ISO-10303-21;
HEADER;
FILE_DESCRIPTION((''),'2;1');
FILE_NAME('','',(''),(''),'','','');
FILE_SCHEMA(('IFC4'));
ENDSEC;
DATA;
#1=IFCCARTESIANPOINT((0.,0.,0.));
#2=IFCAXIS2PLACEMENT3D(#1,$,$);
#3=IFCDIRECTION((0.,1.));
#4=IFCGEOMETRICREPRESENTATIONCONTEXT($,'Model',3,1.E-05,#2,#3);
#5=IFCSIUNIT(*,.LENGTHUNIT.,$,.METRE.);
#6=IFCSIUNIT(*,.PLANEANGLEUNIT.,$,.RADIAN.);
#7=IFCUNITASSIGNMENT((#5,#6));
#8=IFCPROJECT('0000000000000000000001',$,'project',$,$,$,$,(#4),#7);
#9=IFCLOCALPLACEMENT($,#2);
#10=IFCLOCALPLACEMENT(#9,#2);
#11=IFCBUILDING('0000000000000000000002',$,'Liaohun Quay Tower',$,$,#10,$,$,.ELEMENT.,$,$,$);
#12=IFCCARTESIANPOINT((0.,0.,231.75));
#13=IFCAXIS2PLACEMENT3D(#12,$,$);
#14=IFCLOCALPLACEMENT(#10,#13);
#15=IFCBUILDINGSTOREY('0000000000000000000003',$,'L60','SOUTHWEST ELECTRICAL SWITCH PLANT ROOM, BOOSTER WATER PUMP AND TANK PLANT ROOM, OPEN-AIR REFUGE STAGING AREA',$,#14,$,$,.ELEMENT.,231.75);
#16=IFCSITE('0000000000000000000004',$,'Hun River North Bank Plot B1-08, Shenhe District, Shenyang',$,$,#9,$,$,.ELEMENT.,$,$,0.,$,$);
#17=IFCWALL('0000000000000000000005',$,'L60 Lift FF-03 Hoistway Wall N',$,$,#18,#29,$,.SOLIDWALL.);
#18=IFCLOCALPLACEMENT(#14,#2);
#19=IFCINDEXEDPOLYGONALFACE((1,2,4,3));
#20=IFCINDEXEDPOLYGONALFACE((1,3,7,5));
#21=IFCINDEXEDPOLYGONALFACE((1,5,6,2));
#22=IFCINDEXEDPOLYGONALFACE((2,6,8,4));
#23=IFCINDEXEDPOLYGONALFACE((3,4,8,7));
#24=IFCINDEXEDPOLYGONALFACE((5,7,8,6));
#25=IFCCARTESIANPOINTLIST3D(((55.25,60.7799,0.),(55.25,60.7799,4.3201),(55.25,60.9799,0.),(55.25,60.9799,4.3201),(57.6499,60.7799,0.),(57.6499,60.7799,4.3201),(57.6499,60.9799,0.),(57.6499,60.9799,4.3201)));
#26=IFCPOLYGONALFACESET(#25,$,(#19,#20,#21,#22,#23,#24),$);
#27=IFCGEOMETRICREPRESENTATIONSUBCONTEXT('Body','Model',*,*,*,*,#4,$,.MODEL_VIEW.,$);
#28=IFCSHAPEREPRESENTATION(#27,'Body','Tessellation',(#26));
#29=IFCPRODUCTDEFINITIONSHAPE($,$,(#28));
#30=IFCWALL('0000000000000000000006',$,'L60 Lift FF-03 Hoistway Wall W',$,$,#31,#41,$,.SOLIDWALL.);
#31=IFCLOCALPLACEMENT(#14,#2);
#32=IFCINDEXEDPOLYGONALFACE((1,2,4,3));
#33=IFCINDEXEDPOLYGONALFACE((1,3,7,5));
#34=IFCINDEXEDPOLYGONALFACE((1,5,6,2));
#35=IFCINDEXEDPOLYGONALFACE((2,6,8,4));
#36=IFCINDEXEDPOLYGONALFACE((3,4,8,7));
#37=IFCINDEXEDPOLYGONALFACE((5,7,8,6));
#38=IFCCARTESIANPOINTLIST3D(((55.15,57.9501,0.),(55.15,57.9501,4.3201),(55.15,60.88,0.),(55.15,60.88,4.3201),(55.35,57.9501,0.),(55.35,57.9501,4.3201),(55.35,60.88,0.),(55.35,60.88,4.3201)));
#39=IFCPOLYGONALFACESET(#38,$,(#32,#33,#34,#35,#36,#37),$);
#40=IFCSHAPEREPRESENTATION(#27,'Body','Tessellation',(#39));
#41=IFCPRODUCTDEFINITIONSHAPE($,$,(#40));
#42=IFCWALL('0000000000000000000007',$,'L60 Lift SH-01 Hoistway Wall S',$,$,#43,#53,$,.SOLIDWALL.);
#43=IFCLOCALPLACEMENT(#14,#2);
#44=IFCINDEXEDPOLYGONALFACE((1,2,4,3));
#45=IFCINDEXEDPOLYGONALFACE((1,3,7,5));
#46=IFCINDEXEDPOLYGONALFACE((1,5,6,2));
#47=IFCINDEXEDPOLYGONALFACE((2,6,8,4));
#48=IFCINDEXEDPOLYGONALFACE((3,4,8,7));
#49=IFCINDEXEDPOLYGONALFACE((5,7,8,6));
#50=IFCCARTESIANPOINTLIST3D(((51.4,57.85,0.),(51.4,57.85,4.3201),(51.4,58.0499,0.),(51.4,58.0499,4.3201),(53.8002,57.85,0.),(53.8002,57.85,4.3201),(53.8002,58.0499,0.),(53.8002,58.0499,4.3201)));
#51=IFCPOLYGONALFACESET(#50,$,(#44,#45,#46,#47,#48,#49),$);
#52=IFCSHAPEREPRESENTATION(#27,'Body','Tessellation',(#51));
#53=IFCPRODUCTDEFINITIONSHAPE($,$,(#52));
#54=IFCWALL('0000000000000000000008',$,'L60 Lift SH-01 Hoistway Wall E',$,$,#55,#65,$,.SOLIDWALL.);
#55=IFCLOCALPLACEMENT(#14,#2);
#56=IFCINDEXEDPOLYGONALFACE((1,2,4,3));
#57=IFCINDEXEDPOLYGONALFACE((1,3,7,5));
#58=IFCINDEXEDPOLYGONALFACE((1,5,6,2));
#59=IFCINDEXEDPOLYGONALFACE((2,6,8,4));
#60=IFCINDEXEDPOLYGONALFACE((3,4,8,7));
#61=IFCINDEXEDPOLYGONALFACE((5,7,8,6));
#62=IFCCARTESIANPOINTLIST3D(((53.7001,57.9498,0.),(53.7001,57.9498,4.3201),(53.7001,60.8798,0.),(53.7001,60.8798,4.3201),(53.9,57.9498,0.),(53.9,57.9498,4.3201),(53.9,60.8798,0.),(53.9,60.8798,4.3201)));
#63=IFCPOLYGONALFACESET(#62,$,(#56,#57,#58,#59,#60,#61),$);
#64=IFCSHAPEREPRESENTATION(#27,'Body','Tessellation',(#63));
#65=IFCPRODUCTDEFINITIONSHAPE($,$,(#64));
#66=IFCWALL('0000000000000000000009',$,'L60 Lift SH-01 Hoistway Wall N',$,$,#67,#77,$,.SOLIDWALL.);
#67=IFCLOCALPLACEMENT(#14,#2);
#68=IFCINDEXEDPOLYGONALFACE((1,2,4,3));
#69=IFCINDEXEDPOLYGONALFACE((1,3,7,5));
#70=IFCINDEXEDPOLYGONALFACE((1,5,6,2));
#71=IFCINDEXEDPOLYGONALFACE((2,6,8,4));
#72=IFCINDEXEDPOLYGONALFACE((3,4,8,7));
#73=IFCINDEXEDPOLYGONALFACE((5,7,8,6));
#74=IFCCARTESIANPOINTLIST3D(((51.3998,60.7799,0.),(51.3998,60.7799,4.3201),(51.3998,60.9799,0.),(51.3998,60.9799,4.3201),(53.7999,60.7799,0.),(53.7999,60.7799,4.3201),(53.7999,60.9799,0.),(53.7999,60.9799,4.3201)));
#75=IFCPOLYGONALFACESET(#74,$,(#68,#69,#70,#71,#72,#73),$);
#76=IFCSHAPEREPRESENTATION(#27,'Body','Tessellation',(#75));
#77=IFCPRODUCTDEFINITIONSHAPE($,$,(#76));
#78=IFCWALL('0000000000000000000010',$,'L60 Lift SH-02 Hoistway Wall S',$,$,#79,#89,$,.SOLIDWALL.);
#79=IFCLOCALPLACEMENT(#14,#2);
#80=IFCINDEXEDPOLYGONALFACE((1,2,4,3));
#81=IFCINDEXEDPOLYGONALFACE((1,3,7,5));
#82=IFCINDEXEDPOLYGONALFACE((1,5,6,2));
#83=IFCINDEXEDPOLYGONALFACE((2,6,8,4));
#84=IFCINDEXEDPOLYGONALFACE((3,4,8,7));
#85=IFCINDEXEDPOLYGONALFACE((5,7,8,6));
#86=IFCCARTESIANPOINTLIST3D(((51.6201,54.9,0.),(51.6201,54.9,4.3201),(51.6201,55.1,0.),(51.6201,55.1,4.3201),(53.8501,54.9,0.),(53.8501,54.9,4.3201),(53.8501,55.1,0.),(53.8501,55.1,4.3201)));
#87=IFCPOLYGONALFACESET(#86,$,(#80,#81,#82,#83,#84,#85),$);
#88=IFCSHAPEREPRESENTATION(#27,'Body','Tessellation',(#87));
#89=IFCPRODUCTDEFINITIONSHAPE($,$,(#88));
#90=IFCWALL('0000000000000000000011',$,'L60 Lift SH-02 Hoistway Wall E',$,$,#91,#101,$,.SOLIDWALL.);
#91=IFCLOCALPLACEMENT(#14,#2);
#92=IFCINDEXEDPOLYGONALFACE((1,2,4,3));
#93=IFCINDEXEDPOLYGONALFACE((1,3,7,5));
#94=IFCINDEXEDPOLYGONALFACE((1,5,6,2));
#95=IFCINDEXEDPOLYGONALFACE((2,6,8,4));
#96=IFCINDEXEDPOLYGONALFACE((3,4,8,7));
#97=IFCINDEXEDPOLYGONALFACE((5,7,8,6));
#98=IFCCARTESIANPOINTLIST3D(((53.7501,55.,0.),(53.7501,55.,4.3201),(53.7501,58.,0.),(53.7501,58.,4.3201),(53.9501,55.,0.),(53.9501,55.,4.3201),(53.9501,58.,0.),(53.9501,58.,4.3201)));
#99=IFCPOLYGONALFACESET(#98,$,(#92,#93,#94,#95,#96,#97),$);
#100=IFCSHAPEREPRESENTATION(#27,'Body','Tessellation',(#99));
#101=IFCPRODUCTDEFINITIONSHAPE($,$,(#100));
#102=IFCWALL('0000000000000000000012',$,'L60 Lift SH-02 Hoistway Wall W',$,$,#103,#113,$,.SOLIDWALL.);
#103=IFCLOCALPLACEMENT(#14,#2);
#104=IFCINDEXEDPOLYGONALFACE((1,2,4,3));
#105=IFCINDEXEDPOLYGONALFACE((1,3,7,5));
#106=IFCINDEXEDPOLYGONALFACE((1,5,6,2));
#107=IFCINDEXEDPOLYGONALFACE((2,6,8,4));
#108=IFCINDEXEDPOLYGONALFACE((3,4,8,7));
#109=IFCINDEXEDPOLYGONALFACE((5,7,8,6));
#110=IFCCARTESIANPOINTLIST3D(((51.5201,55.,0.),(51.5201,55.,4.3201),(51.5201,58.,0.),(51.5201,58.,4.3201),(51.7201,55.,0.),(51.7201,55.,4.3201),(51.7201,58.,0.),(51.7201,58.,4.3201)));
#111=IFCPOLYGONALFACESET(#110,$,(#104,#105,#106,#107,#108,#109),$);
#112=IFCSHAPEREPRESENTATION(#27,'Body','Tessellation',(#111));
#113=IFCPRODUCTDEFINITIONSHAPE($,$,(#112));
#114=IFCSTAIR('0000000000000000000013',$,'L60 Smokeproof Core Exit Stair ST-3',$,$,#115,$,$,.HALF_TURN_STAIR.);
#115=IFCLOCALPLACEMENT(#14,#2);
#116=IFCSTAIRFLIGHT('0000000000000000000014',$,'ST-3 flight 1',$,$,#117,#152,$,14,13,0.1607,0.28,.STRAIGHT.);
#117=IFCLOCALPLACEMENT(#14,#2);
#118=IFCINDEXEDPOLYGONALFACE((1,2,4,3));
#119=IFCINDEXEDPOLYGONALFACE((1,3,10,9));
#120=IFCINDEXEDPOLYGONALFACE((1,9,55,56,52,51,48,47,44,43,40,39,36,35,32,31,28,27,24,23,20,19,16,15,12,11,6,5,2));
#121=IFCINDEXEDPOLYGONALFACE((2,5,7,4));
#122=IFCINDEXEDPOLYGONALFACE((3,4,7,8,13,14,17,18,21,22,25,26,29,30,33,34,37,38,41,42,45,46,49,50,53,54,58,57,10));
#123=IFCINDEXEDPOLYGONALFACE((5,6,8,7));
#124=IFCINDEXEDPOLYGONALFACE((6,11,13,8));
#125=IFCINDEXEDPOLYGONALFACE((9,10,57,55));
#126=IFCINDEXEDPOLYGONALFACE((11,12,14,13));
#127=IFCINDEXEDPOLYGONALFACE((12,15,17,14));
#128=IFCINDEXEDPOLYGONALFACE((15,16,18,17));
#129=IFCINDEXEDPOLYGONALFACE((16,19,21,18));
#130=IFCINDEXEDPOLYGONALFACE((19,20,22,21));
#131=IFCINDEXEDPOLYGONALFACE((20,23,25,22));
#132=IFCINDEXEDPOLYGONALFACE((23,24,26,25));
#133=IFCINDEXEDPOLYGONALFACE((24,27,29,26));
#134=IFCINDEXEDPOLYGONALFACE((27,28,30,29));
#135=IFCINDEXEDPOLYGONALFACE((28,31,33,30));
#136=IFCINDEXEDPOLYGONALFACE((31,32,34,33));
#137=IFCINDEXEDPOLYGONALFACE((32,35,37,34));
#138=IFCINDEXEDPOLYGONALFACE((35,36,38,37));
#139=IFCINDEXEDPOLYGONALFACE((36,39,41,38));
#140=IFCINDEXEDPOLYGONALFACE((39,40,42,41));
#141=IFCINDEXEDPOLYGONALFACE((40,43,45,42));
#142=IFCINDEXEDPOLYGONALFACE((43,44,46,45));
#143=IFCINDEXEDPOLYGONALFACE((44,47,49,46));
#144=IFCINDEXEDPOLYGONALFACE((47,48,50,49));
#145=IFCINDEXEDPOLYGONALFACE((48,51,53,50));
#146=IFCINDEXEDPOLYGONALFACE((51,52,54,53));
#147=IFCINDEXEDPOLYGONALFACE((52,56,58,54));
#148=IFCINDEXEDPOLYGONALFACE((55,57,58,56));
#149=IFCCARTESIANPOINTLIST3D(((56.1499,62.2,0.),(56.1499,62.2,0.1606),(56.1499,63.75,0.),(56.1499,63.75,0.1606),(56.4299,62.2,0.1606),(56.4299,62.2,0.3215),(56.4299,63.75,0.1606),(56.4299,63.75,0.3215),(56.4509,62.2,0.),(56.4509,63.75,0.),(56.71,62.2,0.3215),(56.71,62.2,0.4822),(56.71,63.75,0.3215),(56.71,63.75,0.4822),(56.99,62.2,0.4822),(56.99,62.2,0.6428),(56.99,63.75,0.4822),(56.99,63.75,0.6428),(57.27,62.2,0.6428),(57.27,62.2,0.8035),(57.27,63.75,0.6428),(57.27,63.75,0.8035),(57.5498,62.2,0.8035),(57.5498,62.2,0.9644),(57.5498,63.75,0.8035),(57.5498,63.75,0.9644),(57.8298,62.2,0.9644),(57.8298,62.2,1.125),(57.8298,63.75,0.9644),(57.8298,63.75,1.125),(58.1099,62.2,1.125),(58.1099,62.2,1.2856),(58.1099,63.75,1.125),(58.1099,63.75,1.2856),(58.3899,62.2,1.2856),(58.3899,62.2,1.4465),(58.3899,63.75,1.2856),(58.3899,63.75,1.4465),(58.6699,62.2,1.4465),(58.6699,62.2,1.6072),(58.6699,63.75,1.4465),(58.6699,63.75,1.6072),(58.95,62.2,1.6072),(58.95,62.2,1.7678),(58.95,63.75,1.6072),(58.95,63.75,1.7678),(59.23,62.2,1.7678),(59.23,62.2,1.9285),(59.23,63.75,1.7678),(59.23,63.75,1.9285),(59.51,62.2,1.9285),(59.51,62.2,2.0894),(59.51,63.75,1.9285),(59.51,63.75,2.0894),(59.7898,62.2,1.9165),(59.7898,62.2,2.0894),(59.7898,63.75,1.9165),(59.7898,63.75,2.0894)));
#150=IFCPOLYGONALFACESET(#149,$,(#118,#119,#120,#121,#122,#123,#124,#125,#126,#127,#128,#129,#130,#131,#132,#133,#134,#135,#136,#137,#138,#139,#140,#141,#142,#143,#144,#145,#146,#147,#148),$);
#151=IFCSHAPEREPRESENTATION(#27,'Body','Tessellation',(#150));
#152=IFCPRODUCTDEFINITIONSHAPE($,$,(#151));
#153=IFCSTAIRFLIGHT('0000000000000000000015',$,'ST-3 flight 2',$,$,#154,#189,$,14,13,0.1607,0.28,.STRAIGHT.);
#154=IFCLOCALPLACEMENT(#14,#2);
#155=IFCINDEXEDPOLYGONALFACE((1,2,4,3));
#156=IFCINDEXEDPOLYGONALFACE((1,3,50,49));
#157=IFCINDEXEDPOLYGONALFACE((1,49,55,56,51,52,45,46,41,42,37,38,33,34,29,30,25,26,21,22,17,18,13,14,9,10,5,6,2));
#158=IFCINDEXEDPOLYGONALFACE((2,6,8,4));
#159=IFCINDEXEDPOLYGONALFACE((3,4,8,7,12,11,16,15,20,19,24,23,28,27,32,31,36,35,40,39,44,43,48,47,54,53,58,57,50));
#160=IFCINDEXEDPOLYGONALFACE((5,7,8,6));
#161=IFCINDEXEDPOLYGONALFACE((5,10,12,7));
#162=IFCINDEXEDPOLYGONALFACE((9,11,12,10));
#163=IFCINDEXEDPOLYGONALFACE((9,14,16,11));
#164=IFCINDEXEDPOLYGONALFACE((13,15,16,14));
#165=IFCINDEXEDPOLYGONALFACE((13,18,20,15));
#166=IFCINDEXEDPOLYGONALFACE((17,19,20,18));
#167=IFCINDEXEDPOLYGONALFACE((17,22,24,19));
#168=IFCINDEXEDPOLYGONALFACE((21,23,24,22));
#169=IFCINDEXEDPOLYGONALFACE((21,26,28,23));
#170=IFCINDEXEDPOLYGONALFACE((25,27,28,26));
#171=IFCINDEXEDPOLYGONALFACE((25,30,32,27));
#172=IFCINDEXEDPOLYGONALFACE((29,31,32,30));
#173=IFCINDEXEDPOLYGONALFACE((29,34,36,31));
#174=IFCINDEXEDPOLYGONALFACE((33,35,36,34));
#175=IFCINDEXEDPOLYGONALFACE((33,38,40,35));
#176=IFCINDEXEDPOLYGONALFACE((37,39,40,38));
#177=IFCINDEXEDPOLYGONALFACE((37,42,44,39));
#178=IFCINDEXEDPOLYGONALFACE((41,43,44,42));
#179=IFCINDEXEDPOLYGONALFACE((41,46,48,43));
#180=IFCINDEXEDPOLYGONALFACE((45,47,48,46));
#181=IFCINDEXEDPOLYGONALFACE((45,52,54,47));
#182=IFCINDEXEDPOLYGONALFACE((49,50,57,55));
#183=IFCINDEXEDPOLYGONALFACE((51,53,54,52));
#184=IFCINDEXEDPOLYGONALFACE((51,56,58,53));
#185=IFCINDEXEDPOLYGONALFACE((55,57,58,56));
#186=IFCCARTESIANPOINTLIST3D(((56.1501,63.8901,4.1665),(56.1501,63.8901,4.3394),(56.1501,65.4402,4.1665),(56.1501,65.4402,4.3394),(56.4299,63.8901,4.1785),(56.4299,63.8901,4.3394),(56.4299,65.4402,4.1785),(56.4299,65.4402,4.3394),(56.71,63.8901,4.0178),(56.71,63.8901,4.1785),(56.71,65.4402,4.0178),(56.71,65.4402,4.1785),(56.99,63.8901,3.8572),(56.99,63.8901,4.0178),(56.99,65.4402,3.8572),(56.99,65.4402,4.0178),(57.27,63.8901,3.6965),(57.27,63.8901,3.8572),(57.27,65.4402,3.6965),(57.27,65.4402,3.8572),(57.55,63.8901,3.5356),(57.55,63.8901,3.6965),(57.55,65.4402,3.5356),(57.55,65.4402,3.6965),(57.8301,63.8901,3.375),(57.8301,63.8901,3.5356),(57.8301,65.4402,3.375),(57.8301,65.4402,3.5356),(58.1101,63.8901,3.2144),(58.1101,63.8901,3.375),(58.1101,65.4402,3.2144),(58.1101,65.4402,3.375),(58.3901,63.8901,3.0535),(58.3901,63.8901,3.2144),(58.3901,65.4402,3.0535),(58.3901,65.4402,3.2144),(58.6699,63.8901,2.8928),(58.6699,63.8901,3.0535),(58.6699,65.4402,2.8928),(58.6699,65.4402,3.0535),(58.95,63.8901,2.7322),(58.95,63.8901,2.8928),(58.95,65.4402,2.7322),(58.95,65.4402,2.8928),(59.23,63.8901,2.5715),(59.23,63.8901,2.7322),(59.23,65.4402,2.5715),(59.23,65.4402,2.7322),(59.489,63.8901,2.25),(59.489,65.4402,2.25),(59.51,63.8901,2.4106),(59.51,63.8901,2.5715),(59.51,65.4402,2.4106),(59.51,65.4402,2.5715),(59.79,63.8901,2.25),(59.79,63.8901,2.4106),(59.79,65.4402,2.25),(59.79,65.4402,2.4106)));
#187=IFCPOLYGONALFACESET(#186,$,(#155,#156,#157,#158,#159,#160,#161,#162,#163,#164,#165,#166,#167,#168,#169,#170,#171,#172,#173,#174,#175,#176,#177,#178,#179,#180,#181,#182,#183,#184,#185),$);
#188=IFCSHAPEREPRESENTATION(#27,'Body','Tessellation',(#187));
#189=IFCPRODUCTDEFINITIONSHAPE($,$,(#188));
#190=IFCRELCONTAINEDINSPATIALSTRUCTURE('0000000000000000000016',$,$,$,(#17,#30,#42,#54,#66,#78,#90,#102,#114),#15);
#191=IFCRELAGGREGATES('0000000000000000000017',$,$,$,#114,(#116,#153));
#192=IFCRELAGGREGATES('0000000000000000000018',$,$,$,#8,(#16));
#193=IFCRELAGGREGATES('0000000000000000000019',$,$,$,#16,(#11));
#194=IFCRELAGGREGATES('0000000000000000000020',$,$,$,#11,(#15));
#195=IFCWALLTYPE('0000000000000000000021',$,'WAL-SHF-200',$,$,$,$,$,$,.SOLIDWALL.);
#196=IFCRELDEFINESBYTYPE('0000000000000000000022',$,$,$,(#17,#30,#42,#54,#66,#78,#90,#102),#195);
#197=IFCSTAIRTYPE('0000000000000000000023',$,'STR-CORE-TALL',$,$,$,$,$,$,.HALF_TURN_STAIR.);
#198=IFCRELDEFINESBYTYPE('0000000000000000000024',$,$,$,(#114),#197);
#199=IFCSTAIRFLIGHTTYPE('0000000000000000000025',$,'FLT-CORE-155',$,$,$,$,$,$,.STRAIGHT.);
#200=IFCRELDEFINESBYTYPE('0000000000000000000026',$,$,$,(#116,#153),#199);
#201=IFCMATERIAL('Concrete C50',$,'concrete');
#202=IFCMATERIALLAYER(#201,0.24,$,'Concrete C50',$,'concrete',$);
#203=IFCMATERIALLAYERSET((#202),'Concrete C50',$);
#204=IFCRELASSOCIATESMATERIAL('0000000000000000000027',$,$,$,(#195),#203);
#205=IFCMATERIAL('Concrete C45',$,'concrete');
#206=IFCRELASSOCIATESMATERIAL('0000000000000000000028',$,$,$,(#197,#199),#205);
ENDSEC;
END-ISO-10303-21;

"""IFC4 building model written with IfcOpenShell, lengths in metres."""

from ifc_helpers import new_model, si_unit, direction, frame, frame_2d, origin, place, context, subcontext, project, spatial, polyline, rectangle, outline, extrude, material, layer, layer_set, type_object, element, aggregate, save


model = new_model("IFC4")

# Units and contexts
model_context = context("Model", 3, precision=1e-05, world=origin(), true_north=direction((0.0, 1.0)))
body_context = subcontext(model_context, "Body", "Model", "MODEL_VIEW")
ifc_project = project(units=[si_unit("LENGTHUNIT", "METRE"), si_unit("PLANEANGLEUNIT", "RADIAN")], contexts=[model_context])

# Site, building, storey
site_placement = place(None, origin())
site = spatial("IfcSite", under=ifc_project, at=site_placement, Name="Hun River North Bank Plot B1-08, Shenhe District, Shenyang", CompositionType="ELEMENT", RefElevation=0.0)
building_placement = place(site_placement, origin())
building = spatial("IfcBuilding", under=site, at=building_placement, Name="Liaohun Quay Tower", CompositionType="ELEMENT")
storey_placement = place(building_placement, frame((0.0, 0.0, 231.75)))
storey = spatial("IfcBuildingStorey", under=building, at=storey_placement, Name="L60", Description="SOUTHWEST ELECTRICAL SWITCH PLANT ROOM, BOOSTER WATER PUMP AND TANK PLANT ROOM, OPEN-AIR REFUGE STAGING AREA", CompositionType="ELEMENT", Elevation=231.75)

# Shared definitions
ifc_material_1 = material(Name="Concrete C50", Category="concrete")
ifc_layer_1 = layer(ifc_material_1, 0.24, Name="Concrete C50", Category="concrete")
ifc_layer_set_1 = layer_set([ifc_layer_1], Name="Concrete C50")
wall_type_1 = type_object("IfcWallType", Name="WAL-SHF-200", PredefinedType="SOLIDWALL", material=ifc_layer_set_1)

# Walls
wall_1_placement = place(storey_placement, frame((57.6499, 60.8799, 0.0), z_axis=(0.0, 0.0, 1.0), x_axis=(-1.0, 0.0, 0.0)))
element("IfcWall", 1, at=wall_1_placement, inside=storey, type_object=wall_type_1, Name="L60 Lift FF-03 Hoistway Wall N", PredefinedType="SOLIDWALL", context=body_context, shape_type="SweptSolid", body=[
    extrude(rectangle(XDim=2.3999, YDim=0.2, at=frame_2d((1.2, 0.0))), origin(), (0.0, 0.0, 1.0), 4.3201),
])
wall_2_placement = place(storey_placement, frame((55.25, 60.8799, 0.0), z_axis=(0.0, 0.0, 1.0), x_axis=(0.0, -1.0, 0.0)))
element("IfcWall", 2, at=wall_2_placement, inside=storey, type_object=wall_type_1, Name="L60 Lift FF-03 Hoistway Wall W", PredefinedType="SOLIDWALL", context=body_context, shape_type="SweptSolid", body=[
    extrude(rectangle(XDim=2.9299, YDim=0.2, at=frame_2d((1.4648, 0.0))), origin(), (0.0, 0.0, 1.0), 4.3201),
])
wall_3_placement = place(storey_placement, frame((51.3999, 57.95, 0.0), z_axis=(0.0, 0.0, 1.0), x_axis=(1.0, 0.0, 0.0)))
element("IfcWall", 3, at=wall_3_placement, inside=storey, type_object=wall_type_1, Name="L60 Lift SH-01 Hoistway Wall S", PredefinedType="SOLIDWALL", context=body_context, shape_type="SweptSolid", body=[
    extrude(rectangle(XDim=2.4001, YDim=0.2, at=frame_2d((1.2002, 0.0))), origin(), (0.0, 0.0, 1.0), 4.3201),
])
wall_4_placement = place(storey_placement, frame((53.8, 57.95, 0.0), z_axis=(0.0, 0.0, 1.0), x_axis=(0.0, 1.0, 0.0)))
element("IfcWall", 4, at=wall_4_placement, inside=storey, type_object=wall_type_1, Name="L60 Lift SH-01 Hoistway Wall E", PredefinedType="SOLIDWALL", context=body_context, shape_type="SweptSolid", body=[
    extrude(rectangle(XDim=2.9299, YDim=0.2, at=frame_2d((1.4648, 0.0))), origin(), (0.0, 0.0, 1.0), 4.3201),
])
wall_5_placement = place(storey_placement, frame((53.8, 60.8799, 0.0), z_axis=(0.0, 0.0, 1.0), x_axis=(-1.0, 0.0, 0.0)))
element("IfcWall", 5, at=wall_5_placement, inside=storey, type_object=wall_type_1, Name="L60 Lift SH-01 Hoistway Wall N", PredefinedType="SOLIDWALL", context=body_context, shape_type="SweptSolid", body=[
    extrude(rectangle(XDim=2.4001, YDim=0.2, at=frame_2d((1.2002, 0.0))), origin(), (0.0, 0.0, 1.0), 4.3201),
])
wall_6_placement = place(storey_placement, frame((51.6201, 55.0, 0.0), z_axis=(0.0, 0.0, 1.0), x_axis=(1.0, 0.0, 0.0)))
element("IfcWall", 6, at=wall_6_placement, inside=storey, type_object=wall_type_1, Name="L60 Lift SH-02 Hoistway Wall S", PredefinedType="SOLIDWALL", context=body_context, shape_type="SweptSolid", body=[
    extrude(rectangle(XDim=2.23, YDim=0.2, at=frame_2d((1.115, 0.0))), origin(), (0.0, 0.0, 1.0), 4.3201),
])
for number, where, z_axis, x_axis, name in (
    (7, (53.8501, 55.0, 0.0), (0.0, 0.0, 1.0), (0.0, 1.0, 0.0), "L60 Lift SH-02 Hoistway Wall E"),
    (8, (51.6201, 58.0, 0.0), (0.0, 0.0, 1.0), (0.0, -1.0, 0.0), "L60 Lift SH-02 Hoistway Wall W"),
):
    element("IfcWall", number, at=place(storey_placement, frame(where, z_axis=z_axis, x_axis=x_axis)), inside=storey, type_object=wall_type_1, Name=name, PredefinedType="SOLIDWALL", context=body_context, shape_type="SweptSolid", body=[
        extrude(rectangle(XDim=3.0, YDim=0.2, at=frame_2d((1.5, 0.0))), origin(), (0.0, 0.0, 1.0), 4.3201),
    ])

# Stair, stair flights
ifc_material_2 = material(Name="Concrete C45", Category="concrete")
stair_type = type_object("IfcStairType", Name="STR-CORE-TALL", PredefinedType="HALF_TURN_STAIR", material=ifc_material_2)
stair_placement = place(storey_placement, origin())
stair = element("IfcStair", 9, at=stair_placement, inside=storey, type_object=stair_type, Name="L60 Smokeproof Core Exit Stair ST-3", PredefinedType="HALF_TURN_STAIR")
stair_flight_type = type_object("IfcStairFlightType", Name="FLT-CORE-155", PredefinedType="STRAIGHT", material=ifc_material_2)
stair_flight_1_placement = place(storey_placement, frame((56.1499, 62.9751, 0.0), z_axis=(0.0, 0.0, 1.0), x_axis=(1.0, 0.0, 0.0)))
stair_flight_1 = element("IfcStairFlight", 10, at=stair_flight_1_placement, type_object=stair_flight_type, Name="ST-3 flight 1", NumberOfRisers=14, NumberOfTreads=13, PredefinedType="STRAIGHT", RiserHeight=0.1607, TreadLength=0.28, context=body_context, shape_type="SweptSolid", body=[
    extrude(outline(polyline([(0.0, 0.0), (0.0, 0.1606), (0.28, 0.1606), (0.28, 0.3215), (0.5601, 0.3215), (0.5601, 0.4822), (0.8401, 0.4822), (0.8401, 0.6428), (1.1201, 0.6428), (1.1201, 0.8035), (1.3999, 0.8035), (1.3999, 0.9644), (1.6799, 0.9644), (1.6799, 1.125), (1.96, 1.125), (1.96, 1.2856), (2.24, 1.2856), (2.24, 1.4465), (2.52, 1.4465), (2.52, 1.6072), (2.8, 1.6072), (2.8, 1.7678), (3.0801, 1.7678), (3.0801, 1.9285), (3.3601, 1.9285), (3.3601, 2.0894), (3.6399, 2.0894), (3.6399, 2.25), (3.6399, 1.9165), (0.301, 0.0), (0.0, 0.0)])), frame((0.0, 0.7749, 0.0), z_axis=(0.0, -1.0, 0.0), x_axis=(1.0, 0.0, 0.0)), (0.0, 0.0, 1.0), 1.55),
])
stair_flight_2_placement = place(storey_placement, frame((59.79, 64.665, 2.25), z_axis=(0.0, 0.0, 1.0), x_axis=(-1.0, 0.0, 0.0)))
stair_flight_2 = element("IfcStairFlight", 11, at=stair_flight_2_placement, type_object=stair_flight_type, Name="ST-3 flight 2", NumberOfRisers=14, NumberOfTreads=13, PredefinedType="STRAIGHT", RiserHeight=0.1607, TreadLength=0.28, context=body_context, shape_type="SweptSolid", body=[
    extrude(outline(polyline([(0.0, 0.0), (0.0, 0.1606), (0.28, 0.1606), (0.28, 0.3215), (0.5601, 0.3215), (0.5601, 0.4822), (0.8401, 0.4822), (0.8401, 0.6428), (1.1201, 0.6428), (1.1201, 0.8035), (1.3999, 0.8035), (1.3999, 0.9644), (1.6799, 0.9644), (1.6799, 1.125), (1.96, 1.125), (1.96, 1.2856), (2.24, 1.2856), (2.24, 1.4465), (2.52, 1.4465), (2.52, 1.6072), (2.8, 1.6072), (2.8, 1.7678), (3.0801, 1.7678), (3.0801, 1.9285), (3.3601, 1.9285), (3.3601, 2.0894), (3.6399, 2.0894), (3.6399, 2.25), (3.6399, 1.9165), (0.301, 0.0), (0.0, 0.0)])), frame((0.0, 0.7749, 0.0), z_axis=(0.0, -1.0, 0.0), x_axis=(1.0, 0.0, 0.0)), (0.0, 0.0, 1.0), 1.55),
])
aggregate(stair, [stair_flight_1, stair_flight_2])

save(model, "model.ifc")
